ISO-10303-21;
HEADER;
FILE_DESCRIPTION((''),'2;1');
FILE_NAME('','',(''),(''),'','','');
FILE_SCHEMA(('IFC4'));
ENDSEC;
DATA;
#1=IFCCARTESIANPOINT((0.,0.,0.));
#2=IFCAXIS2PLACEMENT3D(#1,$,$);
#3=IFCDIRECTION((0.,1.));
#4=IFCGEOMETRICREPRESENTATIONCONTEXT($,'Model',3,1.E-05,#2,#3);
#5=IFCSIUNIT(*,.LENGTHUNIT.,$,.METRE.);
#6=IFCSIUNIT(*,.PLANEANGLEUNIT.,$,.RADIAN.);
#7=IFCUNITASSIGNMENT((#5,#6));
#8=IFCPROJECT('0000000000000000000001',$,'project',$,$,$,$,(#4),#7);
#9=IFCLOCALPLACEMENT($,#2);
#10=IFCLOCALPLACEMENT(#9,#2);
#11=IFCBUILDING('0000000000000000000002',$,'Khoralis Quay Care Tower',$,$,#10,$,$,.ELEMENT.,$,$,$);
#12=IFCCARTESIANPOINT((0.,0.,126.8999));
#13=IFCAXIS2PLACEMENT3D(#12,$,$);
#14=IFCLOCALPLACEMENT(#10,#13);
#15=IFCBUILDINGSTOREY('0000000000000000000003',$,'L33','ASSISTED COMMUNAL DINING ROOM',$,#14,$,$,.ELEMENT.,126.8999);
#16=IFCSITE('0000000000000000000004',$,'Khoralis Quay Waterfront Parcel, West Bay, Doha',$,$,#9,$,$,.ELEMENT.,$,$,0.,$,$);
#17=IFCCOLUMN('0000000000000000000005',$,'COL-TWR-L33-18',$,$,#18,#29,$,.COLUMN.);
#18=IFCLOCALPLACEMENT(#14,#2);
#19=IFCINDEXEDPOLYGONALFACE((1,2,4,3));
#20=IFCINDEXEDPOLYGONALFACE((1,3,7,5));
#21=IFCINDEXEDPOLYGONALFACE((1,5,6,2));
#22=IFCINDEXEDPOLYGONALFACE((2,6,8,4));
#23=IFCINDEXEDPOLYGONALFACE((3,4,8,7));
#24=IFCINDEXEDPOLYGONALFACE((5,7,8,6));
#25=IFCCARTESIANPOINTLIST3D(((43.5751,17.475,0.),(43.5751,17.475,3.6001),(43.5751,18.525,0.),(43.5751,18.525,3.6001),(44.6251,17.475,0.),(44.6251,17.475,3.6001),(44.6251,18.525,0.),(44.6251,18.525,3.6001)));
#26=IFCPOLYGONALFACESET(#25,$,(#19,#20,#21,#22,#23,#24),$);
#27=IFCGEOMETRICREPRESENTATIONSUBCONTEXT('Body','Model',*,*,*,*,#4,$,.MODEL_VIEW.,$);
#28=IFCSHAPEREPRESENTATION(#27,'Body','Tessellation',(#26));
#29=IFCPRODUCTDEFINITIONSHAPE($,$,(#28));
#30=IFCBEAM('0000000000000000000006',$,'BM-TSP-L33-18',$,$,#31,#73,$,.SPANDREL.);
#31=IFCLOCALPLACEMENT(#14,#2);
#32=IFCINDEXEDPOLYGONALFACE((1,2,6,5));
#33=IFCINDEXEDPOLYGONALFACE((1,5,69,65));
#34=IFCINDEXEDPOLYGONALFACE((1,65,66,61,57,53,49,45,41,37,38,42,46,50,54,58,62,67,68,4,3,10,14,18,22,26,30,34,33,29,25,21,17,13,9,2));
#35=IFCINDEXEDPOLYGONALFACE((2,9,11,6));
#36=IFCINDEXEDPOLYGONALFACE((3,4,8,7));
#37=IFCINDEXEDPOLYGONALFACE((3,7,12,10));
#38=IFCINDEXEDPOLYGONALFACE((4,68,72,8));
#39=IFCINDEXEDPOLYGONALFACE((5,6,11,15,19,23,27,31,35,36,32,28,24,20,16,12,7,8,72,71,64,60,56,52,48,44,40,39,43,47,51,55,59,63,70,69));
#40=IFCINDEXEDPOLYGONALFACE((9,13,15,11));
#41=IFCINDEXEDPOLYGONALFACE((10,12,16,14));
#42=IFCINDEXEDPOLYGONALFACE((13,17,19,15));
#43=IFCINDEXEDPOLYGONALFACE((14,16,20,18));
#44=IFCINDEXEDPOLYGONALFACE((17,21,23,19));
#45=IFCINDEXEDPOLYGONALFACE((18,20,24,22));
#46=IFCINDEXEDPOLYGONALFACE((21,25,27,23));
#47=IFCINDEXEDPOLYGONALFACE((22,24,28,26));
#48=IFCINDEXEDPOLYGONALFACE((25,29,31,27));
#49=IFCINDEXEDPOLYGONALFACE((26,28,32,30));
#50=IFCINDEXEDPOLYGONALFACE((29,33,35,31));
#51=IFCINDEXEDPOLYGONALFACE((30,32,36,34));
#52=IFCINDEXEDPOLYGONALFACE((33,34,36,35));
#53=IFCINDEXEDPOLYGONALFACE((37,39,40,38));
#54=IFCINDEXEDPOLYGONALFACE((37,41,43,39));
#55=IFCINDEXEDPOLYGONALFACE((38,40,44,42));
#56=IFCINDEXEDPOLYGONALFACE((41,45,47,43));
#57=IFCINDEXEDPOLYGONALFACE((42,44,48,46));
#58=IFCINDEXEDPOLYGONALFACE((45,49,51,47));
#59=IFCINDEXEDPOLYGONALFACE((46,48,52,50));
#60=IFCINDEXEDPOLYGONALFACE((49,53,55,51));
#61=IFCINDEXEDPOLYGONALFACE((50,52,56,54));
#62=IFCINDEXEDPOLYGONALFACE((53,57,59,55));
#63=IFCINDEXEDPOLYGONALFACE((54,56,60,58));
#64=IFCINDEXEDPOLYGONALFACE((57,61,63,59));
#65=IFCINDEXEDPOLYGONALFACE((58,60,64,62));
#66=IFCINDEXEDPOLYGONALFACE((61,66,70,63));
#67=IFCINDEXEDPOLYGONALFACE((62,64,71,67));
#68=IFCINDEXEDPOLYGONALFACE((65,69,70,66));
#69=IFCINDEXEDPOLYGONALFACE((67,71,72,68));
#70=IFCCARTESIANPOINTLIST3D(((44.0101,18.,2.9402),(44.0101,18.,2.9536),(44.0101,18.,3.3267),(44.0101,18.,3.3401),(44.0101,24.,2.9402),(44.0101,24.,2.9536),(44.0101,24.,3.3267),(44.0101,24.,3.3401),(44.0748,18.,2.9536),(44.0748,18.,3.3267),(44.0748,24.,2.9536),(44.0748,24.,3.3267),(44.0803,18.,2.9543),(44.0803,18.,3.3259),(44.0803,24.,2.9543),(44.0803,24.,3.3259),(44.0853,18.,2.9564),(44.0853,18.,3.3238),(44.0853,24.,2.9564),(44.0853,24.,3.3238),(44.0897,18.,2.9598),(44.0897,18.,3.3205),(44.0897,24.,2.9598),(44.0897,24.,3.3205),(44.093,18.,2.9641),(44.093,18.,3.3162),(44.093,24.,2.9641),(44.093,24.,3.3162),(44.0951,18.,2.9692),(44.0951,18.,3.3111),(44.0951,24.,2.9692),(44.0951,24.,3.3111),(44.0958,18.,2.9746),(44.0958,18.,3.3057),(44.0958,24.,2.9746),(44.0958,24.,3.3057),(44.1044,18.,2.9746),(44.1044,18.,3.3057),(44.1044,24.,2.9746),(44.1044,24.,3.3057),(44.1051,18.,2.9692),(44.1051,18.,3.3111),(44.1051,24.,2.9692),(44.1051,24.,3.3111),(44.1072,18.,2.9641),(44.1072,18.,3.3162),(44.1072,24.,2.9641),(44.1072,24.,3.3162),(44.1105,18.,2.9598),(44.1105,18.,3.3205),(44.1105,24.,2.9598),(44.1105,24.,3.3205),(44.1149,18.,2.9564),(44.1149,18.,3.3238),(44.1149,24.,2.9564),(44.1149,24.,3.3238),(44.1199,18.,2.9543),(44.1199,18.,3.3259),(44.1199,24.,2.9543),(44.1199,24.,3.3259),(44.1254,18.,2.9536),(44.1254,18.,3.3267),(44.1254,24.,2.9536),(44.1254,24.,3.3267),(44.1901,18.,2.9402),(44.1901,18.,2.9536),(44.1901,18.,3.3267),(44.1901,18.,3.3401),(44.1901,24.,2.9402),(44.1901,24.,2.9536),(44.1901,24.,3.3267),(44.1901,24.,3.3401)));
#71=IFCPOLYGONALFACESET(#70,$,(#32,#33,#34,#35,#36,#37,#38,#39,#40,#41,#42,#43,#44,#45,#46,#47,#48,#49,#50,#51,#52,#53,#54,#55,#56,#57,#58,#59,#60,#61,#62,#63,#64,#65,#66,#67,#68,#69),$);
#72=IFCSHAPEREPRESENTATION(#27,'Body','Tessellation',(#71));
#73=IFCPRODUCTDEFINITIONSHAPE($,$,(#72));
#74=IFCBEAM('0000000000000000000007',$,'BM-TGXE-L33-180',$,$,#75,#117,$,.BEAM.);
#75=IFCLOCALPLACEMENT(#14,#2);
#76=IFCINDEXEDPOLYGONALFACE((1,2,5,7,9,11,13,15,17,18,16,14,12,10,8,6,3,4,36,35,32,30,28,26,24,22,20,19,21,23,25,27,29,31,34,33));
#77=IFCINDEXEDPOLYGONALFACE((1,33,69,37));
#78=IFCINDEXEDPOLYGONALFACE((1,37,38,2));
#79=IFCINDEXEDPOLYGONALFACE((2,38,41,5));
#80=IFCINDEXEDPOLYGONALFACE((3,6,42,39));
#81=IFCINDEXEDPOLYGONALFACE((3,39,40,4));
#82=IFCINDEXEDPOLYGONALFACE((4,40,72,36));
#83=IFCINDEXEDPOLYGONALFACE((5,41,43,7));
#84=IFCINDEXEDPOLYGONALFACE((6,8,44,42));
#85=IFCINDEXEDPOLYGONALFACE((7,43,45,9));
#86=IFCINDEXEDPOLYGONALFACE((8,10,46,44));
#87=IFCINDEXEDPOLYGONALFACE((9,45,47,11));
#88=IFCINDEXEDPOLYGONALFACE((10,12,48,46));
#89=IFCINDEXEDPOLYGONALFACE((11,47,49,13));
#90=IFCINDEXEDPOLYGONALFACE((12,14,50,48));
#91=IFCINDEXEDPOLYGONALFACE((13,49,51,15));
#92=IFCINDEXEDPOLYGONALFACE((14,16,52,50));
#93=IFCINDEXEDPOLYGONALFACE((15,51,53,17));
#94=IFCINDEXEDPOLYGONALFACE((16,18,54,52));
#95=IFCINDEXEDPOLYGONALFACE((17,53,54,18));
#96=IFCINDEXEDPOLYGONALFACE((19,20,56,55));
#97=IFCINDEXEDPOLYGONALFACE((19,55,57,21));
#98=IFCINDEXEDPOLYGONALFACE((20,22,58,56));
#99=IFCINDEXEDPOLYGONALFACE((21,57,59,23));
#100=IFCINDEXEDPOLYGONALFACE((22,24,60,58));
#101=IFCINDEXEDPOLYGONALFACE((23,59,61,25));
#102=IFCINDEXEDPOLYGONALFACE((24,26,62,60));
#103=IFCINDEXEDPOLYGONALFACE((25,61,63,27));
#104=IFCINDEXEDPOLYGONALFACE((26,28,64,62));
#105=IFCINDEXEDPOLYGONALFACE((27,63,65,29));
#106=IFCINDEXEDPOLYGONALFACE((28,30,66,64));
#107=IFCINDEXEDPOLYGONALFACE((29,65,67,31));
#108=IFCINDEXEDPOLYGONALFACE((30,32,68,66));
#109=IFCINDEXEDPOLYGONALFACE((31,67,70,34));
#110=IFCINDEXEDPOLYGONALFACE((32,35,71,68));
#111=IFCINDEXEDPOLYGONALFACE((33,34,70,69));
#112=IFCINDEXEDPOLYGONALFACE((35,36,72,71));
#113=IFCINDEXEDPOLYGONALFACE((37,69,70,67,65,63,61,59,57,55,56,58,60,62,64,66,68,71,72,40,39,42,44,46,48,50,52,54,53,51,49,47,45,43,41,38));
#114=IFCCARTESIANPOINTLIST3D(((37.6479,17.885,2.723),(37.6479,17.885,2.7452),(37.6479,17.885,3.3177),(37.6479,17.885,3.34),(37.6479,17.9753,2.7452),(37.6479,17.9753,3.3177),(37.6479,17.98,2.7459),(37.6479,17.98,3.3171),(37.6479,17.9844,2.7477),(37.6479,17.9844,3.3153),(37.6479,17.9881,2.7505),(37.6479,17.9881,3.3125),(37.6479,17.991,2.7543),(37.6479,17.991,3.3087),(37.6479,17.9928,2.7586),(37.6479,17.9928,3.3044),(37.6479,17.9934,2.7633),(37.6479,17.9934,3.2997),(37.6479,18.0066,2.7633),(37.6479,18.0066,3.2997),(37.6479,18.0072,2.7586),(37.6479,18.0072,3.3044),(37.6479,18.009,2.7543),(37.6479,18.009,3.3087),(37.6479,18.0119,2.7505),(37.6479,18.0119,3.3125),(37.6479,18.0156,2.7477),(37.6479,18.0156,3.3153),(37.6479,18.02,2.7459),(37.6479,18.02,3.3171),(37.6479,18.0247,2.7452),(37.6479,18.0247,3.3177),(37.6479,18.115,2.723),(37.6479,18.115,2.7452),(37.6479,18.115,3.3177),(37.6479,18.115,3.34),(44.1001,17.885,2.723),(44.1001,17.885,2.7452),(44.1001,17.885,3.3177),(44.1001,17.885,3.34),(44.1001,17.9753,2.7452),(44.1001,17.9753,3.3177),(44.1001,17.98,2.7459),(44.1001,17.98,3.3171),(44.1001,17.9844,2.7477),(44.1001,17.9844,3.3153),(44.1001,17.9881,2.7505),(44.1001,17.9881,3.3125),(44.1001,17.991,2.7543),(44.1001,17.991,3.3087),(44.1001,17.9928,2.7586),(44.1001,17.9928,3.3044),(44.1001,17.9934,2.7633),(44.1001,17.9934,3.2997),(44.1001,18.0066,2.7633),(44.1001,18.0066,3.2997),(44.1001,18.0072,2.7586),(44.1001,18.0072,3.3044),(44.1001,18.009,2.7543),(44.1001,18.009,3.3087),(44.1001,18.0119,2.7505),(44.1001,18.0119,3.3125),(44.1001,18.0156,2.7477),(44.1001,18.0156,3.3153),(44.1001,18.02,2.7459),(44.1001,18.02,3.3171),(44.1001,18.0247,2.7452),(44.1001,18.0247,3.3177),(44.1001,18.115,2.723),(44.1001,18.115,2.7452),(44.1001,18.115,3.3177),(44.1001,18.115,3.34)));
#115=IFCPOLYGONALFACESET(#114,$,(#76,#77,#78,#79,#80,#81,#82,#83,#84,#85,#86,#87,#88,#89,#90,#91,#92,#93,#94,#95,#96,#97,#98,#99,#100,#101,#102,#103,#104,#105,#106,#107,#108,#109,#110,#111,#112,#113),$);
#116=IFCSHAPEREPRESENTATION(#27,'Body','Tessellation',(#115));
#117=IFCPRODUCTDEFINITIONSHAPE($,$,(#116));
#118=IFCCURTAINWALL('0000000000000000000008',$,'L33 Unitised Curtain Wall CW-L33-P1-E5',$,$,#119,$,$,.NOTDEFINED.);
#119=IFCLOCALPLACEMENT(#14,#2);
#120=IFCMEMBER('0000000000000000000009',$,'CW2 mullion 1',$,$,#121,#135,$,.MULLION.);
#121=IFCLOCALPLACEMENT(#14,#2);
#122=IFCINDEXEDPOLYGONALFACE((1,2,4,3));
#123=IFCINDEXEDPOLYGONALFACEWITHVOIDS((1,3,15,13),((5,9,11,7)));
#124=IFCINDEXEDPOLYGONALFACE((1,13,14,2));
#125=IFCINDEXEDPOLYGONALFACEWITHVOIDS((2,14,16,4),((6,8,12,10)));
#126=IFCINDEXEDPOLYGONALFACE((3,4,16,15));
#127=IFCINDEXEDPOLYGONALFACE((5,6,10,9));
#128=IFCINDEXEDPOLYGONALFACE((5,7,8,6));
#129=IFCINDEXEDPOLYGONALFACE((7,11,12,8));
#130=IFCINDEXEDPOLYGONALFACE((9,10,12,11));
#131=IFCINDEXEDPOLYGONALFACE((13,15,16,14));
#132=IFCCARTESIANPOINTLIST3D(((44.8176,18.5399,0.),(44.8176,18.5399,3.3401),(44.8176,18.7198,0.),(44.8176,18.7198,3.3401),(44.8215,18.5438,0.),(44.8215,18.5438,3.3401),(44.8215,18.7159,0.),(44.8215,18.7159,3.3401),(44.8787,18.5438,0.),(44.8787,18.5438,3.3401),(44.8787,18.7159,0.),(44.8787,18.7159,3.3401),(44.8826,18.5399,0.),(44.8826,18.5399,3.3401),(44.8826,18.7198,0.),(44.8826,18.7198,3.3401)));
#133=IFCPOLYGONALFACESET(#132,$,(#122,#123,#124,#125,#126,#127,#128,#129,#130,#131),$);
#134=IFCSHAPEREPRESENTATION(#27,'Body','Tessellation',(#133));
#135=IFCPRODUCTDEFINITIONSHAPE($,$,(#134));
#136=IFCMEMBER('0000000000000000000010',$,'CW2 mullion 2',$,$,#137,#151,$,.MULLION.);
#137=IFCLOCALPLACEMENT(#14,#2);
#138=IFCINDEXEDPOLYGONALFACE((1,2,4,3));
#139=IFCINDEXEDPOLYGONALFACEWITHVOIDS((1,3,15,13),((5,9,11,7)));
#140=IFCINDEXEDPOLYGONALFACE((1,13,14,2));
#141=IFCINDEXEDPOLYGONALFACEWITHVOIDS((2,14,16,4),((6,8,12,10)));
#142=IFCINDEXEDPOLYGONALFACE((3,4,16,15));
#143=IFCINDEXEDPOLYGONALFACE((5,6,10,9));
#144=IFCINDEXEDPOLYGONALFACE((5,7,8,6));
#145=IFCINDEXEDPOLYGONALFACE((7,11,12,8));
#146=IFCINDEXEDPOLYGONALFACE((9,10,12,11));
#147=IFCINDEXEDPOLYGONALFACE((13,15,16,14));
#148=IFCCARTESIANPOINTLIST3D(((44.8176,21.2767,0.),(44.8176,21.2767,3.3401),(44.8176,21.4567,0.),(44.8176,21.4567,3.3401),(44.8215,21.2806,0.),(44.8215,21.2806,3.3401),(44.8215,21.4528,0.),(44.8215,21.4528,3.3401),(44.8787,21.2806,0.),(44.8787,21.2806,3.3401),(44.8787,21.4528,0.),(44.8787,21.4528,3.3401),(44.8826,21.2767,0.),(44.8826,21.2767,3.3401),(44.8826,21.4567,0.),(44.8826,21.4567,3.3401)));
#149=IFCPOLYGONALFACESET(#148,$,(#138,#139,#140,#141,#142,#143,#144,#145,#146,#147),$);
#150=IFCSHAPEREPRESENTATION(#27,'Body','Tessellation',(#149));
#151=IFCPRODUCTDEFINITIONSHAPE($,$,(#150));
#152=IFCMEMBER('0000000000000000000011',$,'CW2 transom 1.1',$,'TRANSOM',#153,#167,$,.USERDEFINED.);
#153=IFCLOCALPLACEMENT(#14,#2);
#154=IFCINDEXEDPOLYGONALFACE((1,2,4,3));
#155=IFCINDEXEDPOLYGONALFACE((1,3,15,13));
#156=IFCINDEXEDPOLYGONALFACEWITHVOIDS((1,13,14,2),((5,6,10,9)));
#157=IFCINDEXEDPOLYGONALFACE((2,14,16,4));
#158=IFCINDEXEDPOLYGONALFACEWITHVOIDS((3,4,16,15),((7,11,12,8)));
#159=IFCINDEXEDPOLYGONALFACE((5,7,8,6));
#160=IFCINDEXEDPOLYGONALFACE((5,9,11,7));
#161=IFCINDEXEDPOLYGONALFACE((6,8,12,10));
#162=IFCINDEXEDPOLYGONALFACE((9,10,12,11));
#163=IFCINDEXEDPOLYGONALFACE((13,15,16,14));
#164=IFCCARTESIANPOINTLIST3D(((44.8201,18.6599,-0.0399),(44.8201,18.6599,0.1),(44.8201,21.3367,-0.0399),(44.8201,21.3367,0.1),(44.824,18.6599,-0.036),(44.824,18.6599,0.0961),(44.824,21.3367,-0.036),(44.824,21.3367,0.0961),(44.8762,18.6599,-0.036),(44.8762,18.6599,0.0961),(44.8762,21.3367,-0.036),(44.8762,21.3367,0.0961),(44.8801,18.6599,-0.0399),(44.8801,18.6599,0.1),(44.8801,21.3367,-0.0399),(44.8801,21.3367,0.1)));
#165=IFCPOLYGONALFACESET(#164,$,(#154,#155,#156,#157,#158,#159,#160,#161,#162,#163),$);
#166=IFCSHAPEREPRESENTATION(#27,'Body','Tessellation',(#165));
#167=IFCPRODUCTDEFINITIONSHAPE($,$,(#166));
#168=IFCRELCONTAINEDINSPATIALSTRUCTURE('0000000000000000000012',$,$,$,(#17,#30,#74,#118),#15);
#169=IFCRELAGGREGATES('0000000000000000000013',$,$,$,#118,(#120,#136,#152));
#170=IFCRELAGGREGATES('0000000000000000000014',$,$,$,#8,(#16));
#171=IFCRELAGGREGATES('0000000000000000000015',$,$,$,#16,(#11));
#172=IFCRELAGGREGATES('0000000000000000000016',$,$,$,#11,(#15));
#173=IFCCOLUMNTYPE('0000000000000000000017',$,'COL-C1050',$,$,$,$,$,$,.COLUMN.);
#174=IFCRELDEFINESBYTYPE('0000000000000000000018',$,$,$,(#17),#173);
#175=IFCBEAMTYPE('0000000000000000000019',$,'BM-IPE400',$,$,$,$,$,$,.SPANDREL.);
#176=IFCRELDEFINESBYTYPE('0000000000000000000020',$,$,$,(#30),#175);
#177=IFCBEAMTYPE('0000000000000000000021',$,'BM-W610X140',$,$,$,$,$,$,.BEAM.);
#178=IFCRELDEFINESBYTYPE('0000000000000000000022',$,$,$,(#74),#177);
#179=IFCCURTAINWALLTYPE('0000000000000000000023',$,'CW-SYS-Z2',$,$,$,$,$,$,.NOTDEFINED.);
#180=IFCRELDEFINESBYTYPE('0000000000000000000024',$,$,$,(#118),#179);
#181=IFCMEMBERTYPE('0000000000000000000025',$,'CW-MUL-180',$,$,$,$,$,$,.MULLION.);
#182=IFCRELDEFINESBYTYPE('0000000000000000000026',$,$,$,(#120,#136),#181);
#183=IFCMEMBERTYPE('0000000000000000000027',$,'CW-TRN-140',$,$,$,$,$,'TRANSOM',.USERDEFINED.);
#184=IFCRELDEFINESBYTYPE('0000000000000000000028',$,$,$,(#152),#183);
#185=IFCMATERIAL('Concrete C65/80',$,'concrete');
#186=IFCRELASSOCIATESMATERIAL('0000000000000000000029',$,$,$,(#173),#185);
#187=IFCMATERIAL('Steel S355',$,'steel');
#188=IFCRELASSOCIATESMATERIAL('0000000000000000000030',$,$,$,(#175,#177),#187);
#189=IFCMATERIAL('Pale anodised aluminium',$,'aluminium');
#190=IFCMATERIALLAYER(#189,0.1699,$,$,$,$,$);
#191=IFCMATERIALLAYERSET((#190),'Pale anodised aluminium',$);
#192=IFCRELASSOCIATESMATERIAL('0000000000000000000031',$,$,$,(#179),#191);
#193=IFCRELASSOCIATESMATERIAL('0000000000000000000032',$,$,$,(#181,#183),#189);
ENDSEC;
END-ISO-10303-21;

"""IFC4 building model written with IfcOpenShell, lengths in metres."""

from ifc_helpers import new_model, si_unit, direction, frame, origin, origin_2d, place, context, subcontext, project, spatial, rectangle, hollow_rectangle, i_section, extrude, source, transform, mapped, material, layer, layer_set, material_profile, profile_set, type_object, element, aggregate, save


model = new_model("IFC4")

# Units and contexts
model_context = context("Model", 3, precision=1e-05, world=origin(), true_north=direction((0.0, 1.0)))
body_context = subcontext(model_context, "Body", "Model", "MODEL_VIEW")
ifc_project = project(units=[si_unit("LENGTHUNIT", "METRE"), si_unit("PLANEANGLEUNIT", "RADIAN")], contexts=[model_context])

# Site, building, storey
site_placement = place(None, origin())
site = spatial("IfcSite", under=ifc_project, at=site_placement, Name="Khoralis Quay Waterfront Parcel, West Bay, Doha", CompositionType="ELEMENT", RefElevation=0.0)
building_placement = place(site_placement, origin())
building = spatial("IfcBuilding", under=site, at=building_placement, Name="Khoralis Quay Care Tower", CompositionType="ELEMENT")
storey_placement = place(building_placement, frame((0.0, 0.0, 126.8999)))
storey = spatial("IfcBuildingStorey", under=building, at=storey_placement, Name="L33", Description="ASSISTED COMMUNAL DINING ROOM", CompositionType="ELEMENT", Elevation=126.8999)

# Column
ifc_material_1 = material(Name="Concrete C65/80", Category="concrete")
ifc_material_profile_1 = material_profile(ifc_material_1, rectangle(XDim=1.05, YDim=1.05, at=origin_2d()), Name="Concrete C65/80")
ifc_profile_set_1 = profile_set([ifc_material_profile_1], Name="Concrete C65/80")
column_type = type_object("IfcColumnType", Name="COL-C1050", PredefinedType="COLUMN", material=ifc_profile_set_1)
shared_shape_1 = source(origin(), body_context, "Body", "SweptSolid", [
    extrude(rectangle(XDim=1.05, YDim=1.05, at=origin_2d()), origin(), (0.0, 0.0, 1.0), 3.6001),
])
column_placement = place(storey_placement, frame((44.1001, 18.0, 0.0), z_axis=(0.0, 0.0, 1.0), x_axis=(1.0, 0.0, 0.0)))
element("IfcColumn", 1, at=column_placement, inside=storey, type_object=column_type, Name="COL-TWR-L33-18", PredefinedType="COLUMN", context=body_context, shape_type="MappedRepresentation", body=[
    mapped(shared_shape_1, transform((0.0, 0.0, 0.0), scale=1.0)),
])

# Beams
ifc_material_2 = material(Name="Steel S355", Category="steel")
ifc_material_profile_2 = material_profile(ifc_material_2, i_section(OverallWidth=0.1799, OverallDepth=0.3999, WebThickness=0.0085, FlangeThickness=0.0134, FilletRadius=0.021, at=origin_2d()), Name="Steel S355")
ifc_profile_set_2 = profile_set([ifc_material_profile_2], Name="Steel S355")
beam_type_1 = type_object("IfcBeamType", Name="BM-IPE400", PredefinedType="SPANDREL", material=ifc_profile_set_2)
shared_shape_2 = source(origin(), body_context, "Body", "SweptSolid", [
    extrude(i_section(OverallWidth=0.1799, OverallDepth=0.3999, WebThickness=0.0085, FlangeThickness=0.0134, FilletRadius=0.021, at=origin_2d()), origin(), (0.0, 0.0, 1.0), 6.0),
])
beam_1_placement = place(storey_placement, frame((44.1001, 18.0, 3.1401), z_axis=(0.0, 1.0, 0.0), x_axis=(-1.0, 0.0, 0.0)))
element("IfcBeam", 2, at=beam_1_placement, inside=storey, type_object=beam_type_1, Name="BM-TSP-L33-18", PredefinedType="SPANDREL", context=body_context, shape_type="MappedRepresentation", body=[
    mapped(shared_shape_2, transform((0.0, 0.0, 0.0), scale=1.0)),
])
ifc_material_profile_3 = material_profile(ifc_material_2, i_section(OverallWidth=0.23, OverallDepth=0.6169, WebThickness=0.0132, FlangeThickness=0.0222, FilletRadius=0.0181, at=origin_2d()), Name="Steel S355")
ifc_profile_set_3 = profile_set([ifc_material_profile_3], Name="Steel S355")
beam_type_2 = type_object("IfcBeamType", Name="BM-W610X140", PredefinedType="BEAM", material=ifc_profile_set_3)
shared_shape_3 = source(origin(), body_context, "Body", "SweptSolid", [
    extrude(i_section(OverallWidth=0.23, OverallDepth=0.6169, WebThickness=0.0132, FlangeThickness=0.0222, FilletRadius=0.0181, at=origin_2d()), origin(), (0.0, 0.0, 1.0), 6.4521),
])
beam_2_placement = place(storey_placement, frame((37.6479, 18.0, 3.0315), z_axis=(1.0, 0.0, 0.0), x_axis=(0.0, 1.0, 0.0)))
element("IfcBeam", 3, at=beam_2_placement, inside=storey, type_object=beam_type_2, Name="BM-TGXE-L33-180", PredefinedType="BEAM", context=body_context, shape_type="MappedRepresentation", body=[
    mapped(shared_shape_3, transform((0.0, 0.0, 0.0), scale=1.0)),
])

# Curtain wall, members
ifc_material_3 = material(Name="Pale anodised aluminium", Category="aluminium")
ifc_layer_1 = layer(ifc_material_3, 0.1699)
ifc_layer_set_1 = layer_set([ifc_layer_1], Name="Pale anodised aluminium")
curtain_wall_type = type_object("IfcCurtainWallType", Name="CW-SYS-Z2", PredefinedType="NOTDEFINED", material=ifc_layer_set_1)
curtain_wall_placement = place(storey_placement, origin())
curtain_wall = element("IfcCurtainWall", 4, at=curtain_wall_placement, inside=storey, type_object=curtain_wall_type, Name="L33 Unitised Curtain Wall CW-L33-P1-E5", PredefinedType="NOTDEFINED")
ifc_material_profile_4 = material_profile(ifc_material_3, hollow_rectangle(XDim=0.0649, YDim=0.1799, WallThickness=0.0039, at=origin_2d()), Name="Pale anodised aluminium")
ifc_profile_set_4 = profile_set([ifc_material_profile_4], Name="Pale anodised aluminium")
member_type_1 = type_object("IfcMemberType", Name="CW-MUL-180", PredefinedType="MULLION", material=ifc_profile_set_4)
shared_shape_4 = source(origin(), body_context, "Body", "SweptSolid", [
    extrude(hollow_rectangle(XDim=0.0649, YDim=0.1799, WallThickness=0.0039, at=origin_2d()), origin(), (0.0, 0.0, 1.0), 3.3401),
])
member_1_placement = place(storey_placement, frame((44.8501, 18.6299, 0.0), z_axis=(0.0, 0.0, 1.0), x_axis=(-1.0, 0.0, 0.0)))
member_1 = element("IfcMember", 5, at=member_1_placement, type_object=member_type_1, Name="CW2 mullion 1", PredefinedType="MULLION", context=body_context, shape_type="MappedRepresentation", body=[
    mapped(shared_shape_4, transform((0.0, 0.0, 0.0), scale=1.0)),
])
member_2_placement = place(storey_placement, frame((44.8501, 21.3667, 0.0), z_axis=(0.0, 0.0, 1.0), x_axis=(-1.0, 0.0, 0.0)))
member_2 = element("IfcMember", 6, at=member_2_placement, type_object=member_type_1, Name="CW2 mullion 2", PredefinedType="MULLION", context=body_context, shape_type="MappedRepresentation", body=[
    mapped(shared_shape_4, transform((0.0, 0.0, 0.0), scale=1.0)),
])
ifc_material_profile_5 = material_profile(ifc_material_3, hollow_rectangle(XDim=0.0601, YDim=0.1399, WallThickness=0.0039, at=origin_2d()), Name="Pale anodised aluminium")
ifc_profile_set_5 = profile_set([ifc_material_profile_5], Name="Pale anodised aluminium")
member_type_2 = type_object("IfcMemberType", Name="CW-TRN-140", ElementType="TRANSOM", PredefinedType="USERDEFINED", material=ifc_profile_set_5)
shared_shape_5 = source(origin(), body_context, "Body", "SweptSolid", [
    extrude(hollow_rectangle(XDim=0.0601, YDim=0.1399, WallThickness=0.0039, at=origin_2d()), origin(), (0.0, 0.0, 1.0), 2.6768),
])
member_3_placement = place(storey_placement, frame((44.8501, 18.6599, 0.03), z_axis=(0.0, 1.0, 0.0), x_axis=(-1.0, 0.0, 0.0)))
member_3 = element("IfcMember", 7, at=member_3_placement, type_object=member_type_2, Name="CW2 transom 1.1", ObjectType="TRANSOM", PredefinedType="USERDEFINED", context=body_context, shape_type="MappedRepresentation", body=[
    mapped(shared_shape_5, transform((0.0, 0.0, 0.0), scale=1.0)),
])
aggregate(curtain_wall, [member_1, member_2, member_3])

save(model, "model.ifc")
